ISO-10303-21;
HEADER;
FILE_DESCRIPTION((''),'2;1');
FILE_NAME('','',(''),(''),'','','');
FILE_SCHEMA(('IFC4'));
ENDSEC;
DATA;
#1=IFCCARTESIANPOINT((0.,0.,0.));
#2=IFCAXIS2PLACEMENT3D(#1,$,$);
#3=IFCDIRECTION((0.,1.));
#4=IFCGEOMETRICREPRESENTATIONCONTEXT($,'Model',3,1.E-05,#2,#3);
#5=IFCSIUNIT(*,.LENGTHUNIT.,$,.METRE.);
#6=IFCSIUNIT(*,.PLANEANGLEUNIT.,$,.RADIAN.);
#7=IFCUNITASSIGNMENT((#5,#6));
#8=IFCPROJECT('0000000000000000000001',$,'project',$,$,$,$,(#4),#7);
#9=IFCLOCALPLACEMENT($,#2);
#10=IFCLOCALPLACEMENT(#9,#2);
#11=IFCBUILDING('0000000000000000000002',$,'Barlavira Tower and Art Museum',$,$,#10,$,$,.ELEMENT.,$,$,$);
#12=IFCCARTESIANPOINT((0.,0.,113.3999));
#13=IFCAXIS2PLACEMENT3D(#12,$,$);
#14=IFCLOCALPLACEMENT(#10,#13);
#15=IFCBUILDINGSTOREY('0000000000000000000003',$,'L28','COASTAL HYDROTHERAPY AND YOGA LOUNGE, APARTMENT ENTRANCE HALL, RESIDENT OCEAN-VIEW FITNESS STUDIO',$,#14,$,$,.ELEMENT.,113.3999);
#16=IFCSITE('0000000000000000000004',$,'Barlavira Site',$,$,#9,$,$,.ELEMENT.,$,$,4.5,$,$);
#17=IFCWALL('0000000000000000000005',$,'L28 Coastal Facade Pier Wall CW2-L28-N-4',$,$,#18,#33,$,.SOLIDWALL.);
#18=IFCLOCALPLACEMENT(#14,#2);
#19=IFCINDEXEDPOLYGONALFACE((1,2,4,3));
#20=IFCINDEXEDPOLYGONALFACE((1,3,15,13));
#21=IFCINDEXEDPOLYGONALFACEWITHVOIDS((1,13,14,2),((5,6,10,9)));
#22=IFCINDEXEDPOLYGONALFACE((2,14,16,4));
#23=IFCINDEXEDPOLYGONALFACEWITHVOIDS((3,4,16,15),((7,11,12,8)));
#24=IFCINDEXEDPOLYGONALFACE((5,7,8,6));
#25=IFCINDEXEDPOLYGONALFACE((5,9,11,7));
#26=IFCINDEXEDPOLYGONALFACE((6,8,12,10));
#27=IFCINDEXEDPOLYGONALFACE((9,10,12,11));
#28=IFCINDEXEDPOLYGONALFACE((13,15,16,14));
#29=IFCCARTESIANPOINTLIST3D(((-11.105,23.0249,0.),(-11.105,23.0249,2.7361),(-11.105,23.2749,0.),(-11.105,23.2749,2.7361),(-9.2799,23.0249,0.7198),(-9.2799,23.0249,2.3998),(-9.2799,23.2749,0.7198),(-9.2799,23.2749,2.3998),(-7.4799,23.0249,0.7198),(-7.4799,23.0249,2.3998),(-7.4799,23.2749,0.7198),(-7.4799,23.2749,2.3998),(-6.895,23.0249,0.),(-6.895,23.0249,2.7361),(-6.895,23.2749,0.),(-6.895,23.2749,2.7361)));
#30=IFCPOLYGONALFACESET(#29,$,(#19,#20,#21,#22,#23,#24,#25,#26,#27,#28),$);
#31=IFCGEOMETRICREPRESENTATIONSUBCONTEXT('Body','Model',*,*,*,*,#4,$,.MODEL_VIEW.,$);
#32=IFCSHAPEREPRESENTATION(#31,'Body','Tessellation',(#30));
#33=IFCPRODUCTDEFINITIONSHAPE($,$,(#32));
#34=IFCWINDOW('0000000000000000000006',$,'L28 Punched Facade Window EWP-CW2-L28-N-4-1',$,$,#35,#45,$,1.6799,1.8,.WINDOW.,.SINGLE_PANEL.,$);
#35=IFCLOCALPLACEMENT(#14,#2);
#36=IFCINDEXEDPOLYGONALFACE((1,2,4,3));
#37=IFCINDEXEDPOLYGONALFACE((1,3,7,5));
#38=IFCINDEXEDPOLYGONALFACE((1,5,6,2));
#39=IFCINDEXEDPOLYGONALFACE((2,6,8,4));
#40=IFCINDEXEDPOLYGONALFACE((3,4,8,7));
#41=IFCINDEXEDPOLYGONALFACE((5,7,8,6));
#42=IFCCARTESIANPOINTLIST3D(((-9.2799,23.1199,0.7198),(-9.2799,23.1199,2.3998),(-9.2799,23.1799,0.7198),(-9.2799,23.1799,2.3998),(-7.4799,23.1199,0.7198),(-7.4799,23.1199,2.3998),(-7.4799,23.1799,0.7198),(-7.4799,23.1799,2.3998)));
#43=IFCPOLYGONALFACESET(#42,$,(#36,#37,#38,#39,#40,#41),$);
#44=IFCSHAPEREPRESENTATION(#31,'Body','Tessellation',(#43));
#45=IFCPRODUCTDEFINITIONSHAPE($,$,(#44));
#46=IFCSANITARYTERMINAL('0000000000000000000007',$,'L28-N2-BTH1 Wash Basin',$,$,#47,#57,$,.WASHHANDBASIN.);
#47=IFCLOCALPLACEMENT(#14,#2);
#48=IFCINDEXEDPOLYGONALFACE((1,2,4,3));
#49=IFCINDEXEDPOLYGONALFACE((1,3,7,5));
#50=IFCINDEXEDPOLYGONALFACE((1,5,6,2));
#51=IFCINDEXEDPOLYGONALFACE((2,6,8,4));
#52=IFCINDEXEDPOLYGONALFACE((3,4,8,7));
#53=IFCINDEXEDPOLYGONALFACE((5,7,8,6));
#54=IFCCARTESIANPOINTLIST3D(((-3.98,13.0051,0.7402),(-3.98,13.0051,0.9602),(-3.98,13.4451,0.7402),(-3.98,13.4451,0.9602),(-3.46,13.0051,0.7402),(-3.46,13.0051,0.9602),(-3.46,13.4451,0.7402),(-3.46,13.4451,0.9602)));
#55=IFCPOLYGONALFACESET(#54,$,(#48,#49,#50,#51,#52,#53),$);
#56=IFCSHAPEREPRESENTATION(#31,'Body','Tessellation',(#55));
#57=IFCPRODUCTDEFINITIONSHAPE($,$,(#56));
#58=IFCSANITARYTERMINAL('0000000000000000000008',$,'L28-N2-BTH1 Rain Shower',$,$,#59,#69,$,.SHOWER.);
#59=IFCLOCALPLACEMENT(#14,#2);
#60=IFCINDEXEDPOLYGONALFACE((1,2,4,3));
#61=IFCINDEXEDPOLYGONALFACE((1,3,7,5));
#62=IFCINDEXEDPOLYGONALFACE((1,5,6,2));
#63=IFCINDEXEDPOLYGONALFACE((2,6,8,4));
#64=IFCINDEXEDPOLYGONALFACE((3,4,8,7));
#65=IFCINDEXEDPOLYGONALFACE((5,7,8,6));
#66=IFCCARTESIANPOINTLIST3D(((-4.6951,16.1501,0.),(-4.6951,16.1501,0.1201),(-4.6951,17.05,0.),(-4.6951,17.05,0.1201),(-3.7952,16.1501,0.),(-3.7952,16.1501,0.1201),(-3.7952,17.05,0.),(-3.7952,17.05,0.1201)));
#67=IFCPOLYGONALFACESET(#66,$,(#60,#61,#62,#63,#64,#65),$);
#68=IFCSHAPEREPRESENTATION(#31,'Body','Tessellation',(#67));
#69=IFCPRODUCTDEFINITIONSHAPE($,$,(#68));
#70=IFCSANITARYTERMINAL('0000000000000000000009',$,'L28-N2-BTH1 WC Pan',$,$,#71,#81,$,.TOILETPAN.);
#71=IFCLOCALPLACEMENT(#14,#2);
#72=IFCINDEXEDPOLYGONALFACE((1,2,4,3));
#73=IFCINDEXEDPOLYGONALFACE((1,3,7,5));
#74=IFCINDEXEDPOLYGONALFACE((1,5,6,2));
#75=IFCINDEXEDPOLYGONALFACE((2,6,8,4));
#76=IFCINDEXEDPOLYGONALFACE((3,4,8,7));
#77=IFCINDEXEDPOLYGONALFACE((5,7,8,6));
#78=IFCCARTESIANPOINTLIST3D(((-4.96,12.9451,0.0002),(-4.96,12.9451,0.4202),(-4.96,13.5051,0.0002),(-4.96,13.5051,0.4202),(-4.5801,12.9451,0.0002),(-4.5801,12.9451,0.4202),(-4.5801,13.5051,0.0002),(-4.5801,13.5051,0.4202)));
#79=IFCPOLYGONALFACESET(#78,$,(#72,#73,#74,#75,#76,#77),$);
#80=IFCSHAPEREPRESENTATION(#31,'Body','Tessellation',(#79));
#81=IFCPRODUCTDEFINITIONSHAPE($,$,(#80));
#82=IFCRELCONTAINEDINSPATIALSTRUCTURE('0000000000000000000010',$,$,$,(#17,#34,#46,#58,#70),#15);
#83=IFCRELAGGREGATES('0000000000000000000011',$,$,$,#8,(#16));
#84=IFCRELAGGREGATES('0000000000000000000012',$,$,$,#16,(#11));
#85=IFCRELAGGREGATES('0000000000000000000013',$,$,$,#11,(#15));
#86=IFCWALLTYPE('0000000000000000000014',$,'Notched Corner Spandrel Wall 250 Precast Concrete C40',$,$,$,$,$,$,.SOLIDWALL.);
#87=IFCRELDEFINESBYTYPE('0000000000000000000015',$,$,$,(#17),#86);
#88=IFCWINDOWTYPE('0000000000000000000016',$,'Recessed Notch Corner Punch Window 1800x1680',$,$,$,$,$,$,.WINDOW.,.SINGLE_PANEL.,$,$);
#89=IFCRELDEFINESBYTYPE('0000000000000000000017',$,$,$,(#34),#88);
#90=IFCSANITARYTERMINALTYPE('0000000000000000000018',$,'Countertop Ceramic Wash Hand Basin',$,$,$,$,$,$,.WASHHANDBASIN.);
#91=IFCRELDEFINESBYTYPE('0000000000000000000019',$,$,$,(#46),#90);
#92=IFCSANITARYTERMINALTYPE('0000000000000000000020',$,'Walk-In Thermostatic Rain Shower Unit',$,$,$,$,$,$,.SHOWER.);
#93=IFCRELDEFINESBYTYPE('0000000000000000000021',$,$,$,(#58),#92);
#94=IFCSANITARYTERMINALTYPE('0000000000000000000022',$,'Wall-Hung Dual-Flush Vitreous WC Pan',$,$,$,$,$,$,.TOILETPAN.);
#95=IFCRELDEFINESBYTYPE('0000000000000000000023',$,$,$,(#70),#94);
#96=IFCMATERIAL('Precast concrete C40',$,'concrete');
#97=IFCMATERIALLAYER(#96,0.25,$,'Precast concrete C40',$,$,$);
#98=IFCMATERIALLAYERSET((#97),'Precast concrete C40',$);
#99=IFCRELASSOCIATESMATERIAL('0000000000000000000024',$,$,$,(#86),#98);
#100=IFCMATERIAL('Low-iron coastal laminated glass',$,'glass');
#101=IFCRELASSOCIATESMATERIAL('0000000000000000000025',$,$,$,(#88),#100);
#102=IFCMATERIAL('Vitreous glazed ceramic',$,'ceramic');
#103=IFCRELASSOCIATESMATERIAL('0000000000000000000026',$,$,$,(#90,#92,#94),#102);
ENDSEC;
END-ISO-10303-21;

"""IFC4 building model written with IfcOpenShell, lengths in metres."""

from ifc_helpers import new_model, si_unit, direction, frame, frame_2d, origin, origin_2d, place, context, subcontext, project, spatial, rectangle, extrude, material, layer, layer_set, type_object, element, fill, save


model = new_model("IFC4")

# Units and contexts
model_context = context("Model", 3, precision=1e-05, world=origin(), true_north=direction((0.0, 1.0)))
body_context = subcontext(model_context, "Body", "Model", "MODEL_VIEW")
ifc_project = project(units=[si_unit("LENGTHUNIT", "METRE"), si_unit("PLANEANGLEUNIT", "RADIAN")], contexts=[model_context])

# Site, building, storey
site_placement = place(None, origin())
site = spatial("IfcSite", under=ifc_project, at=site_placement, Name="Barlavira Site", CompositionType="ELEMENT", RefElevation=4.5)
building_placement = place(site_placement, origin())
building = spatial("IfcBuilding", under=site, at=building_placement, Name="Barlavira Tower and Art Museum", CompositionType="ELEMENT")
storey_placement = place(building_placement, frame((0.0, 0.0, 113.3999)))
storey = spatial("IfcBuildingStorey", under=building, at=storey_placement, Name="L28", Description="COASTAL HYDROTHERAPY AND YOGA LOUNGE, APARTMENT ENTRANCE HALL, RESIDENT OCEAN-VIEW FITNESS STUDIO", CompositionType="ELEMENT", Elevation=113.3999)

# Shared definitions
ifc_material_1 = material(Name="Low-iron coastal laminated glass", Category="glass")

# Wall, opening, window
ifc_material_2 = material(Name="Precast concrete C40", Category="concrete")
ifc_layer_1 = layer(ifc_material_2, 0.25, Name="Precast concrete C40")
ifc_layer_set_1 = layer_set([ifc_layer_1], Name="Precast concrete C40")
wall_type_1 = type_object("IfcWallType", Name="Notched Corner Spandrel Wall 250 Precast Concrete C40", PredefinedType="SOLIDWALL", material=ifc_layer_set_1)
wall_1_placement = place(storey_placement, frame((-6.895, 23.1499, 0.0), z_axis=(0.0, 0.0, 1.0), x_axis=(-1.0, 0.0, 0.0)))
wall_1 = element("IfcWall", 1, at=wall_1_placement, inside=storey, type_object=wall_type_1, Name="L28 Coastal Facade Pier Wall CW2-L28-N-4", PredefinedType="SOLIDWALL", context=body_context, shape_type="SweptSolid", body=[
    extrude(rectangle(XDim=4.21, YDim=0.25, at=frame_2d((2.105, 0.0))), origin(), (0.0, 0.0, 1.0), 2.7361),
])
opening_1_placement = place(wall_1_placement, frame((0.585, 0.0, 0.72)))
opening_1 = element("IfcOpeningElement", 2, at=opening_1_placement, cuts=wall_1, PredefinedType="OPENING", context=body_context, shape_type="SweptSolid", body=[
    extrude(rectangle(XDim=1.8, YDim=1.6799, at=frame_2d((0.8999, 0.8398))), frame((0.0, 0.135, 0.0), z_axis=(0.0, -1.0, 0.0), x_axis=(1.0, 0.0, 0.0)), (0.0, 0.0, 1.0), 0.27),
])
window_type = type_object("IfcWindowType", Name="Recessed Notch Corner Punch Window 1800x1680", PartitioningType="SINGLE_PANEL", PredefinedType="WINDOW", material=ifc_material_1)
window_placement = place(opening_1_placement, origin())
window = element("IfcWindow", 3, at=window_placement, inside=storey, type_object=window_type, Name="L28 Punched Facade Window EWP-CW2-L28-N-4-1", OverallHeight=1.6799, OverallWidth=1.8, PartitioningType="SINGLE_PANEL", PredefinedType="WINDOW", context=body_context, shape_type="SweptSolid", body=[
    extrude(rectangle(XDim=1.8, YDim=1.6799, at=frame_2d((0.8999, 0.8398))), frame((0.0, 0.03, 0.0), z_axis=(0.0, -1.0, 0.0), x_axis=(1.0, 0.0, 0.0)), (0.0, 0.0, 1.0), 0.0601),
])
fill(opening_1, window)

# Sanitary terminals
ifc_material_3 = material(Name="Vitreous glazed ceramic", Category="ceramic")
sanitary_terminal_type_1 = type_object("IfcSanitaryTerminalType", Name="Countertop Ceramic Wash Hand Basin", PredefinedType="WASHHANDBASIN", material=ifc_material_3)
sanitary_terminal_1_placement = place(storey_placement, frame((-3.72, 13.2251, 0.7402), z_axis=(0.0, 0.0, 1.0), x_axis=(1.0, 0.0, 0.0)))
element("IfcSanitaryTerminal", 4, at=sanitary_terminal_1_placement, inside=storey, type_object=sanitary_terminal_type_1, Name="L28-N2-BTH1 Wash Basin", PredefinedType="WASHHANDBASIN", context=body_context, shape_type="SweptSolid", body=[
    extrude(rectangle(XDim=0.52, YDim=0.4399, at=origin_2d()), origin(), (0.0, 0.0, 1.0), 0.22),
])
sanitary_terminal_type_2 = type_object("IfcSanitaryTerminalType", Name="Walk-In Thermostatic Rain Shower Unit", PredefinedType="SHOWER", material=ifc_material_3)
sanitary_terminal_2_placement = place(storey_placement, frame((-4.2451, 16.6001, 0.0), z_axis=(0.0, 0.0, 1.0), x_axis=(1.0, 0.0, 0.0)))
element("IfcSanitaryTerminal", 5, at=sanitary_terminal_2_placement, inside=storey, type_object=sanitary_terminal_type_2, Name="L28-N2-BTH1 Rain Shower", PredefinedType="SHOWER", context=body_context, shape_type="SweptSolid", body=[
    extrude(rectangle(XDim=0.8999, YDim=0.8999, at=origin_2d()), origin(), (0.0, 0.0, 1.0), 0.1201),
])
sanitary_terminal_type_3 = type_object("IfcSanitaryTerminalType", Name="Wall-Hung Dual-Flush Vitreous WC Pan", PredefinedType="TOILETPAN", material=ifc_material_3)
sanitary_terminal_3_placement = place(storey_placement, frame((-4.77, 13.2251, 0.0002), z_axis=(0.0, 0.0, 1.0), x_axis=(1.0, 0.0, 0.0)))
element("IfcSanitaryTerminal", 6, at=sanitary_terminal_3_placement, inside=storey, type_object=sanitary_terminal_type_3, Name="L28-N2-BTH1 WC Pan", PredefinedType="TOILETPAN", context=body_context, shape_type="SweptSolid", body=[
    extrude(rectangle(XDim=0.3799, YDim=0.5601, at=origin_2d()), origin(), (0.0, 0.0, 1.0), 0.4199),
])

save(model, "model.ifc")
